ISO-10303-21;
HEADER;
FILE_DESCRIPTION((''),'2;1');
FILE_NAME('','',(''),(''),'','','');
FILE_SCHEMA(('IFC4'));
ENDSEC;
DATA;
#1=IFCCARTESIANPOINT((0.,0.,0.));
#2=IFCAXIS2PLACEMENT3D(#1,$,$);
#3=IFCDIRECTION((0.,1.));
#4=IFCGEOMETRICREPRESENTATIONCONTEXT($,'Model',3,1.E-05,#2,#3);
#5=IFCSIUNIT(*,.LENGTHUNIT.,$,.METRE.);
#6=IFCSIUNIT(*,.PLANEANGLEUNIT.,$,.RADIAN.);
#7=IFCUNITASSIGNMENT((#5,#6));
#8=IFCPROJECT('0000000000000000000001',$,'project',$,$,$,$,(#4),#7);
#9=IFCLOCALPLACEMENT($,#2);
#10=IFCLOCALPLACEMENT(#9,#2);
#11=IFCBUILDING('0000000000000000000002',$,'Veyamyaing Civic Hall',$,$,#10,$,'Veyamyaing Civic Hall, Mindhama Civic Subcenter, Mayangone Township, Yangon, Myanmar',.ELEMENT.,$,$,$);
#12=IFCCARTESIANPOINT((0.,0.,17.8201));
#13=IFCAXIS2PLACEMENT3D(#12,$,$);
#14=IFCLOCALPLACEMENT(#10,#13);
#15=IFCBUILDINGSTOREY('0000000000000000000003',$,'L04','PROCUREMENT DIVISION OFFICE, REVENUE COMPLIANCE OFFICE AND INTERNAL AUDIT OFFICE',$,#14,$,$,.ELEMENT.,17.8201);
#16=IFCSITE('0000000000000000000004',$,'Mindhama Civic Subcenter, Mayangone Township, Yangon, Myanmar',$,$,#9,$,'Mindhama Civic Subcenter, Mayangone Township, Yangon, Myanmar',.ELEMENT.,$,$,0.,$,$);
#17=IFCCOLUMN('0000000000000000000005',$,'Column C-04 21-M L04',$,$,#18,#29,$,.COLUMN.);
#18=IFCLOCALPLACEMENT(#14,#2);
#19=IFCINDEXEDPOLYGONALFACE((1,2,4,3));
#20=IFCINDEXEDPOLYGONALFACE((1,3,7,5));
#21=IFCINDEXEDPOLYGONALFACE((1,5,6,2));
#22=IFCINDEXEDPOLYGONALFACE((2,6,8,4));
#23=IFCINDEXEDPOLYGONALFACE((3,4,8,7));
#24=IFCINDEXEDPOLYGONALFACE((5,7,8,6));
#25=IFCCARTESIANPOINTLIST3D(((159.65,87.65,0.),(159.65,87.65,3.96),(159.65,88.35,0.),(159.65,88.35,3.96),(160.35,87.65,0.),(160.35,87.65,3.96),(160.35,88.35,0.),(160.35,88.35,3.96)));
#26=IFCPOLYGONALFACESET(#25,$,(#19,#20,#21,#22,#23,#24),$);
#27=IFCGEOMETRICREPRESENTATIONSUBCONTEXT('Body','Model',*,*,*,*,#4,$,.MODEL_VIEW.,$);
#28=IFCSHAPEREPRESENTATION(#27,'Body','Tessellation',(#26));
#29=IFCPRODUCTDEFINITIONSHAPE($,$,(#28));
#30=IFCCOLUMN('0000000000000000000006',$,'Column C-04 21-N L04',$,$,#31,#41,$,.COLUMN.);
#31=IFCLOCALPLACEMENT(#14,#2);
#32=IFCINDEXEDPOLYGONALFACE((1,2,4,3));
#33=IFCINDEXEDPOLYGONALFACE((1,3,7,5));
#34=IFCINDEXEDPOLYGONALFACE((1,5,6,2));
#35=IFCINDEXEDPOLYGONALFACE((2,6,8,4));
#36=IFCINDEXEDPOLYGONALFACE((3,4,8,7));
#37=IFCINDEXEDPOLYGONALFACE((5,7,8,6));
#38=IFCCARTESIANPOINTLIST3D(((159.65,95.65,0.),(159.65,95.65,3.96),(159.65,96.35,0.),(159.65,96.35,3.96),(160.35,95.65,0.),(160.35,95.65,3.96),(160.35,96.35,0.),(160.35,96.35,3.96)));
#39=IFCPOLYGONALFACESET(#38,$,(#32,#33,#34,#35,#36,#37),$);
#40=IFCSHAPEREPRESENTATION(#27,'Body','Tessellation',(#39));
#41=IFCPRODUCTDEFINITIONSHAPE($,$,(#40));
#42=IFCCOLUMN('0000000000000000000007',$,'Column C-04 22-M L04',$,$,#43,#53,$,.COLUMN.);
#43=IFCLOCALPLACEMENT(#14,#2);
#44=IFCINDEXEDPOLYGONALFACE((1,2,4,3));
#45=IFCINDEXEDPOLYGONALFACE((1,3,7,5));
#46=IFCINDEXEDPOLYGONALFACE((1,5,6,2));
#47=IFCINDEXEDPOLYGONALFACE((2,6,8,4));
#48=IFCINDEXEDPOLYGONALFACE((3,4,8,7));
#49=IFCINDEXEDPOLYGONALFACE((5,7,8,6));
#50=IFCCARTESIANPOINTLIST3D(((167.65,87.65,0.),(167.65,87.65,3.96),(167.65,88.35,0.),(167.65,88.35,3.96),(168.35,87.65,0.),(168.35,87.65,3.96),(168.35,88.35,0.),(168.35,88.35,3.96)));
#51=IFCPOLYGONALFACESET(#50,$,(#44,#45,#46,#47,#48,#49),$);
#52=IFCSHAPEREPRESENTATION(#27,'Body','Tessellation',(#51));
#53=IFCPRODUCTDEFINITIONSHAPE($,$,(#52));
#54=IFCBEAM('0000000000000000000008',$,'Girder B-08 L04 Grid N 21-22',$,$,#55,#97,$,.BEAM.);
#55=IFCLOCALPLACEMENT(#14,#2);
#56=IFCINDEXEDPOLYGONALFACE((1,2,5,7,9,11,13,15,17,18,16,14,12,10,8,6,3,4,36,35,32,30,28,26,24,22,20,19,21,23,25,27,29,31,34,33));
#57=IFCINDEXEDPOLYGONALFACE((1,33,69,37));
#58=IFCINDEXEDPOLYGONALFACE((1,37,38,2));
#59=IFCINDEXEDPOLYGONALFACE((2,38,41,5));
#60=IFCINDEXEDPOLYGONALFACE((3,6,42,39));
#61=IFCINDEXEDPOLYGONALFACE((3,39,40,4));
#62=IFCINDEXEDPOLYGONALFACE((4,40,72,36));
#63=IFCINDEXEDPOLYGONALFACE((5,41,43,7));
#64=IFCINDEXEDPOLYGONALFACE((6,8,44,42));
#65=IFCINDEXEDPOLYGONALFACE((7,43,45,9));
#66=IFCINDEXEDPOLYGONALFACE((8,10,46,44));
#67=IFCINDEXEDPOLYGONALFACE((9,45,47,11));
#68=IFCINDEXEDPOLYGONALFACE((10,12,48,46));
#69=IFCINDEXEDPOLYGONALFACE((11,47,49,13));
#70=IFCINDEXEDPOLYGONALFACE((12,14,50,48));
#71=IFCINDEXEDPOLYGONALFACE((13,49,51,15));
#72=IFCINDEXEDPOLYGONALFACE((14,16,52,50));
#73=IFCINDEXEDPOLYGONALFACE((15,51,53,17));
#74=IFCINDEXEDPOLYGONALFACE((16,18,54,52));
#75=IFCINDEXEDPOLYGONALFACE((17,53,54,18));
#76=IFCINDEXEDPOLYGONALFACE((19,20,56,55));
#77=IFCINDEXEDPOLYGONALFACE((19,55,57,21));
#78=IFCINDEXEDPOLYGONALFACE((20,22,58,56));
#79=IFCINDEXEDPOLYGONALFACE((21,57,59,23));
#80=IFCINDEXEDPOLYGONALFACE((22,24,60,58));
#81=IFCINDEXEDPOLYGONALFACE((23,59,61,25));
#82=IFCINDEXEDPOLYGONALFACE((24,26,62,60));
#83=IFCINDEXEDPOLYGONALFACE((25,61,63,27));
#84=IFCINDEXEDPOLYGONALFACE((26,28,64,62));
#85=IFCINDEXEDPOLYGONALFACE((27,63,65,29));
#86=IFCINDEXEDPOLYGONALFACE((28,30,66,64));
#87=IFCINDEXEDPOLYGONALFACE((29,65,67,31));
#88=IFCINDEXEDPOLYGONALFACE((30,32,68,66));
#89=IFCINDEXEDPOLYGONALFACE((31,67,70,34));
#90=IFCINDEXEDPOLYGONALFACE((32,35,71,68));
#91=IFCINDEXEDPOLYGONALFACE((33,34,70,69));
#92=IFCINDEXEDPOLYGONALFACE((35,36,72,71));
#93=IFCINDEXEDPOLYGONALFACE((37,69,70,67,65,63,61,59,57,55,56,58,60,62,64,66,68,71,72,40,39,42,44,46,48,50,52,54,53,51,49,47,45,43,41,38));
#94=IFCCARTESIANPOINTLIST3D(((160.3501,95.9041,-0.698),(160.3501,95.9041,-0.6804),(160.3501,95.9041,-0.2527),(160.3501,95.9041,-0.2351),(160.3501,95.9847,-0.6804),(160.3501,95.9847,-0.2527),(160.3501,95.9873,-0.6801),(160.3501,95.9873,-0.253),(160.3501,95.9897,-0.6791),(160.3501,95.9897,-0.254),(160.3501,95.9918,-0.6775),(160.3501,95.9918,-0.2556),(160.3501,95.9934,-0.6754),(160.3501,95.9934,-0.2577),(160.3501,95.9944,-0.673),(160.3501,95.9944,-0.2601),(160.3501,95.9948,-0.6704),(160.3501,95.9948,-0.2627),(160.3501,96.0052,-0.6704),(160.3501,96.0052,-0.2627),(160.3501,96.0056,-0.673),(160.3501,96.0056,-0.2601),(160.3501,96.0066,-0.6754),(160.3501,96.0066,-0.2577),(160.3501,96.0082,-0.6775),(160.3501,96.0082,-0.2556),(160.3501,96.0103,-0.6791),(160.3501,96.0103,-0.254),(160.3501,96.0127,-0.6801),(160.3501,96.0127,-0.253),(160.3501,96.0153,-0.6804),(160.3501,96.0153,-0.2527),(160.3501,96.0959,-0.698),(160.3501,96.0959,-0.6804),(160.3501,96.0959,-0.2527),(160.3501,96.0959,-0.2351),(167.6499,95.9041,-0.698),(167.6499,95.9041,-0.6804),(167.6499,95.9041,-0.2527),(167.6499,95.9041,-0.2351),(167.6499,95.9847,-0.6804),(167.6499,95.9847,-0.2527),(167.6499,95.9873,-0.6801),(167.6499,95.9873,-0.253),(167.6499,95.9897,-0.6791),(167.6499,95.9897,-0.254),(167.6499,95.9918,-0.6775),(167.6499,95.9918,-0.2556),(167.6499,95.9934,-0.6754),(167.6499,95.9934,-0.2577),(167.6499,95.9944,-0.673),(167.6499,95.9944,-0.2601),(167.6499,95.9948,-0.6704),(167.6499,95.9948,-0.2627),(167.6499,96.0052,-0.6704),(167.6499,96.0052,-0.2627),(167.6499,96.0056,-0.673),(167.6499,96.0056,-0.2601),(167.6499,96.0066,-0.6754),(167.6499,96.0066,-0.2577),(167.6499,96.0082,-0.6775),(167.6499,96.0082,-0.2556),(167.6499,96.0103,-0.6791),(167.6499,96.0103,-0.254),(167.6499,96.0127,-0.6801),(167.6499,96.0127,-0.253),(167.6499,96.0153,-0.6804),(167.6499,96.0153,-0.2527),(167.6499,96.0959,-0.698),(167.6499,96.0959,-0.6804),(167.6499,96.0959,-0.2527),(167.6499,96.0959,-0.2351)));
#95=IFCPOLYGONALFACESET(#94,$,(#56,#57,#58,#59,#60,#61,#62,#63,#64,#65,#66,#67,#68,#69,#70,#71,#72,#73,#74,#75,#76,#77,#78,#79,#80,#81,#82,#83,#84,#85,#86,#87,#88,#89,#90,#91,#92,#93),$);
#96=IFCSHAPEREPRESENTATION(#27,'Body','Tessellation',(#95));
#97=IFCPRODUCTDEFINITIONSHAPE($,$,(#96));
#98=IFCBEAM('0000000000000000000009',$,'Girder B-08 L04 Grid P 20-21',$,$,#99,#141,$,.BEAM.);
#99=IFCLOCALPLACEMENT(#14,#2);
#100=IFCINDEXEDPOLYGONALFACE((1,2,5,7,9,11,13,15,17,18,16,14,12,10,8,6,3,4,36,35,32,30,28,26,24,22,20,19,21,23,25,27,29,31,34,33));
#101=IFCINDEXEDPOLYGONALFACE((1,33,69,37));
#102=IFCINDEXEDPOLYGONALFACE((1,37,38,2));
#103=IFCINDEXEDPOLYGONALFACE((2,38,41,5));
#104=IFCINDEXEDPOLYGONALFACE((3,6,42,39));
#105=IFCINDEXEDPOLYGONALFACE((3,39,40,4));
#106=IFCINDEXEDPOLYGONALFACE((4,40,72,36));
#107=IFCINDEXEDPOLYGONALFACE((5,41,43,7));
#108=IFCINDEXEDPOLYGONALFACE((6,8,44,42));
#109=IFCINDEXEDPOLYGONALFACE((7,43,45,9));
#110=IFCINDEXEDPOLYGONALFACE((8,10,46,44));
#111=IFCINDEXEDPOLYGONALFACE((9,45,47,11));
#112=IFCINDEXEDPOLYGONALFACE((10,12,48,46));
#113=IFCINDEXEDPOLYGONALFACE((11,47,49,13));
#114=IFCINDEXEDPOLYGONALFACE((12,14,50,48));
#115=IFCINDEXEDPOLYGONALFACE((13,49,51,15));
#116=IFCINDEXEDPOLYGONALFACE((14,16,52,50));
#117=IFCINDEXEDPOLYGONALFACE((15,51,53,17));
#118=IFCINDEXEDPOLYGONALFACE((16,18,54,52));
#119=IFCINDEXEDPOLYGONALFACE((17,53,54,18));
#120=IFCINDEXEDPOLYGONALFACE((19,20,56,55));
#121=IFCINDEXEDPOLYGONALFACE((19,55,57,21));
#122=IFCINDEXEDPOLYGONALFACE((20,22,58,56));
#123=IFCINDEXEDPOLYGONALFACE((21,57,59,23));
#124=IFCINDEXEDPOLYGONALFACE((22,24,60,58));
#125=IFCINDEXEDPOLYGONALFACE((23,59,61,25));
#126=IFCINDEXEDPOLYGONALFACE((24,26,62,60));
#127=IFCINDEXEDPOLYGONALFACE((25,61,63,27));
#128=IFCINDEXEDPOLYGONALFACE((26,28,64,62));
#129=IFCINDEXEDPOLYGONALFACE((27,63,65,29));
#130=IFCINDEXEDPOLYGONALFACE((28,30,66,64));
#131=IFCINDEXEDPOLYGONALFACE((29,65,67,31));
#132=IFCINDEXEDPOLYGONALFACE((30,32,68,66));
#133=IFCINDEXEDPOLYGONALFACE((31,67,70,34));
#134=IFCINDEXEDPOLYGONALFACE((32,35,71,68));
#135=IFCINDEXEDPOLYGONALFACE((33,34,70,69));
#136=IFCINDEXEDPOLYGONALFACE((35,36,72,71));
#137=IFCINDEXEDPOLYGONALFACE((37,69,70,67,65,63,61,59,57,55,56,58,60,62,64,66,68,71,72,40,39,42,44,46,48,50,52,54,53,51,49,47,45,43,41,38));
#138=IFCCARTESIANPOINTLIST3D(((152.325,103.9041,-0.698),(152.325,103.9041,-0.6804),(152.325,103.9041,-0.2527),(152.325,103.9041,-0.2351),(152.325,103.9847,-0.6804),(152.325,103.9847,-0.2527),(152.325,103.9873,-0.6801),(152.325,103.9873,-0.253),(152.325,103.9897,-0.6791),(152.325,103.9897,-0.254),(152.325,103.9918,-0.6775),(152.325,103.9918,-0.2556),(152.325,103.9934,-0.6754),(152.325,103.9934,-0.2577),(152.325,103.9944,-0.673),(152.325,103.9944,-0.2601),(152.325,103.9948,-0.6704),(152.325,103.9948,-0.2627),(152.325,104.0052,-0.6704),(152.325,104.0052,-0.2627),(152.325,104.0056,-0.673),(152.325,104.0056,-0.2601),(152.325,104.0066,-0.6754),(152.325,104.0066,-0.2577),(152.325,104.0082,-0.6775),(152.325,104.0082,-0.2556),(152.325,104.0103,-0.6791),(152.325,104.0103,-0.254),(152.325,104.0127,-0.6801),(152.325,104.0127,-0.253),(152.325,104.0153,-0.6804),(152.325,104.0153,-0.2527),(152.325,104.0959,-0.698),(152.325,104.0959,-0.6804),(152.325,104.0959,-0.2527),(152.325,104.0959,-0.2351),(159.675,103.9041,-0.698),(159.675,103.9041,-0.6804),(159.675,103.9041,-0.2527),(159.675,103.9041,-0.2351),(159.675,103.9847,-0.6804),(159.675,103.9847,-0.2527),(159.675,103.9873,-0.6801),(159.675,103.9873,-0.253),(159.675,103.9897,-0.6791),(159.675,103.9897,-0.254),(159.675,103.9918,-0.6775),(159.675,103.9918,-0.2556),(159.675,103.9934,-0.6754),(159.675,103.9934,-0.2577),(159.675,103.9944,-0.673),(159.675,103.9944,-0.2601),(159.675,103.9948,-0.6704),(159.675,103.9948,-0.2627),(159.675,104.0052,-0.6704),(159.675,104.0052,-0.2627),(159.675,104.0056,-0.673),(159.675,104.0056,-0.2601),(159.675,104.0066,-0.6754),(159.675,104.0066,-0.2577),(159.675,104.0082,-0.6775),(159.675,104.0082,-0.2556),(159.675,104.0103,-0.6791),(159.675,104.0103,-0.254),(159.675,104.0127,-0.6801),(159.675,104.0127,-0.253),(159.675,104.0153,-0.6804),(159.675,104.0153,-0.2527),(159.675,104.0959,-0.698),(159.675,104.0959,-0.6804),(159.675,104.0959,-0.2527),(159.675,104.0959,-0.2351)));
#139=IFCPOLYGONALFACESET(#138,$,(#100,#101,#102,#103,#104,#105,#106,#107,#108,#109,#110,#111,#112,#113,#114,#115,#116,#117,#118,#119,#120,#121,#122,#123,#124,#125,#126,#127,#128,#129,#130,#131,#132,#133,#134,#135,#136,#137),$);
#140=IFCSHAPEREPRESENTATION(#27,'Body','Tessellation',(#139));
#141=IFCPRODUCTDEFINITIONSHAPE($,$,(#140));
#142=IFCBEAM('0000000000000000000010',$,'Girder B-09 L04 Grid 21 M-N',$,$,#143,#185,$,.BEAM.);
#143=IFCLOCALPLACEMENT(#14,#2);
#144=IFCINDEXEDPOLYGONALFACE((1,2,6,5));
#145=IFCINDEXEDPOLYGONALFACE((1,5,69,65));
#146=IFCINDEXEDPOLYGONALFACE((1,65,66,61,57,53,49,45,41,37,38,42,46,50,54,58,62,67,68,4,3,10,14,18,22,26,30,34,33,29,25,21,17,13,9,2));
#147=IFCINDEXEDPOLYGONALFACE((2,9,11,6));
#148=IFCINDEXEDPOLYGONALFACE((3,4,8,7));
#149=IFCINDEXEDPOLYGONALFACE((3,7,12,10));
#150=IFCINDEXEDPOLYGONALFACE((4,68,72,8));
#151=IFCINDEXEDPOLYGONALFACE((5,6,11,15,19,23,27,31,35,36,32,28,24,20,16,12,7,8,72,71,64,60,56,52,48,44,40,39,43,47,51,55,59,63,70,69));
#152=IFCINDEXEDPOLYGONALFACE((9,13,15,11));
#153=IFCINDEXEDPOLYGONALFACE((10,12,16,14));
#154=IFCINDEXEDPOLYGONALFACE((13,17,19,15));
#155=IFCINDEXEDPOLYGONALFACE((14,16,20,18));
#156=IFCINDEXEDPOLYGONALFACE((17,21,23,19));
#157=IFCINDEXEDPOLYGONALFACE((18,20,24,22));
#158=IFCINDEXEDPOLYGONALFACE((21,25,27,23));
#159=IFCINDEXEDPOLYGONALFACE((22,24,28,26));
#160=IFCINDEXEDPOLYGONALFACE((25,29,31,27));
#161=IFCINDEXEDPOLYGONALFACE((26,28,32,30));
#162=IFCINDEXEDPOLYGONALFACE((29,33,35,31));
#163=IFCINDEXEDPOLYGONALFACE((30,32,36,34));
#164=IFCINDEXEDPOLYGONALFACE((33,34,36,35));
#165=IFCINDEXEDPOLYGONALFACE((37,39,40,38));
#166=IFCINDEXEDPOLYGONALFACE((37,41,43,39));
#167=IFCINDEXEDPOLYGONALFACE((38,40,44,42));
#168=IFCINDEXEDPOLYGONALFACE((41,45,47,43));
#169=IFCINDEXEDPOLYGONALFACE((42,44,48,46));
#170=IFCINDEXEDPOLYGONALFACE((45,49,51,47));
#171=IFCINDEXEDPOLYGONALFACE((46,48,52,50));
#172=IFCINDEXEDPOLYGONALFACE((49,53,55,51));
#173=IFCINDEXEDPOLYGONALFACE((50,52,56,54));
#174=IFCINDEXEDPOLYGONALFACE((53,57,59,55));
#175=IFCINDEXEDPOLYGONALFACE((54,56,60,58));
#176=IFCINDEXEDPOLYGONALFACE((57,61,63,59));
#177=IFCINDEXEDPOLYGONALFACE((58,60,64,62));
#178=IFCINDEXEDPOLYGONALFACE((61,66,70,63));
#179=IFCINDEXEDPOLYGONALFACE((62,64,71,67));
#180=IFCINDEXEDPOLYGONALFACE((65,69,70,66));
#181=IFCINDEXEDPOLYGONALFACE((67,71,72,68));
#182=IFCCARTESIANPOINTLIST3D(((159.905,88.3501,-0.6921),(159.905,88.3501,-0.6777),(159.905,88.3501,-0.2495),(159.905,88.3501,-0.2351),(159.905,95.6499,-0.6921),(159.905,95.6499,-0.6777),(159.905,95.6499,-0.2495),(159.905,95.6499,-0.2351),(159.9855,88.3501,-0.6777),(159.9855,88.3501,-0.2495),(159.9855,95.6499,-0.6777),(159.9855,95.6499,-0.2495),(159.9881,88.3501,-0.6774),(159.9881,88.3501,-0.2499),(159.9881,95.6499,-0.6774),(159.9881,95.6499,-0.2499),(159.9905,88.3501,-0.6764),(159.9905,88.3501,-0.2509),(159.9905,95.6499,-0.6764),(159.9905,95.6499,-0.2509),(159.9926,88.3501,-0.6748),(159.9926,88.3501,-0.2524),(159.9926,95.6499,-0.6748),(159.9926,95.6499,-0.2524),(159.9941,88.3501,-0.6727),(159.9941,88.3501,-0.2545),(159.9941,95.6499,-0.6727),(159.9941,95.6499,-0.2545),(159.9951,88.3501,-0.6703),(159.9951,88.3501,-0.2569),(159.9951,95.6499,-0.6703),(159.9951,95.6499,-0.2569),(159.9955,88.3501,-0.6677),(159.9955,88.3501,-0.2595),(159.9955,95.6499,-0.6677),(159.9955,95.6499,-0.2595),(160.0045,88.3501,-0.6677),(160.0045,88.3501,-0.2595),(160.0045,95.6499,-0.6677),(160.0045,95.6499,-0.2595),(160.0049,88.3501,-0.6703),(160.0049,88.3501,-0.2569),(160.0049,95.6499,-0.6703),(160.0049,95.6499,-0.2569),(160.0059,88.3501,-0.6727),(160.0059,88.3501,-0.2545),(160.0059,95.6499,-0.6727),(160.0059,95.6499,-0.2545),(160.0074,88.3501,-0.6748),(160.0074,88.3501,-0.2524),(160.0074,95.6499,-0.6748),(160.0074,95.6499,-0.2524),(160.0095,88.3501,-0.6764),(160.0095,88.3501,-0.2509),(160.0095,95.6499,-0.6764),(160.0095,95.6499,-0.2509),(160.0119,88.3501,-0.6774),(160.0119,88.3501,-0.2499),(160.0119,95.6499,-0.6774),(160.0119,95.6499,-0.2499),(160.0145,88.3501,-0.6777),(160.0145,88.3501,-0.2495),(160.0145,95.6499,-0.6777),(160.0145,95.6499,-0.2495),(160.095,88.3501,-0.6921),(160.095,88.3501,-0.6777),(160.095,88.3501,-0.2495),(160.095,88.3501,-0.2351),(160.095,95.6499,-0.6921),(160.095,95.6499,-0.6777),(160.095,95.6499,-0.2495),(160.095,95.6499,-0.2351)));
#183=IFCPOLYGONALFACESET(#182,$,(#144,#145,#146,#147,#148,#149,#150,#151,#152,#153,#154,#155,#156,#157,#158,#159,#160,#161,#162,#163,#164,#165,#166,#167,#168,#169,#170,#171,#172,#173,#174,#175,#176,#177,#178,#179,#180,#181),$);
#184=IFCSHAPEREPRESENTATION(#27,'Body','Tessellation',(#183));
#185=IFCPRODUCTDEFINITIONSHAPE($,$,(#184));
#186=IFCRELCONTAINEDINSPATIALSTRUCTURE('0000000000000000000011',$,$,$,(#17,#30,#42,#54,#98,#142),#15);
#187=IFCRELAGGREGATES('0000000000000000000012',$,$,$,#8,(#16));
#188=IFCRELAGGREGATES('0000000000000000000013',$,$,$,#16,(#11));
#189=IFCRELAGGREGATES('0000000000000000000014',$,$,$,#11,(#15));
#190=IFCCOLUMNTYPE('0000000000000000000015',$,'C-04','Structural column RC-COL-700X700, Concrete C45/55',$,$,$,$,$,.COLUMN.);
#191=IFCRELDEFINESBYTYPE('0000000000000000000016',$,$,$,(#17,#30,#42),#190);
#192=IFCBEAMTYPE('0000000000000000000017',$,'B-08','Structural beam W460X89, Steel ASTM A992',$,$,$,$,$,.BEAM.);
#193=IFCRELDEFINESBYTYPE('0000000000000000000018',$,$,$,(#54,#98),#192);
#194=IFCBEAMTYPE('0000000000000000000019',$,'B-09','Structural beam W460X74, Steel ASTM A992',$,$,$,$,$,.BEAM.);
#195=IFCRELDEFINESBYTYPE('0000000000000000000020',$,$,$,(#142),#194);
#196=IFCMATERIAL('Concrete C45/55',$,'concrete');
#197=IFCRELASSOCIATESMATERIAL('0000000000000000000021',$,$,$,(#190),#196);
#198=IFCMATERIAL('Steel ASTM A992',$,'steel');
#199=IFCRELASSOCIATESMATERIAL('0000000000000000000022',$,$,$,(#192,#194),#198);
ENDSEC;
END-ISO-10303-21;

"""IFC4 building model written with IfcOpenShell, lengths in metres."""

from ifc_helpers import new_model, si_unit, direction, frame, origin, origin_2d, place, context, subcontext, project, spatial, rectangle, i_section, extrude, material, material_profile, profile_set, type_object, element, save


model = new_model("IFC4")

# Units and contexts
model_context = context("Model", 3, precision=1e-05, world=origin(), true_north=direction((0.0, 1.0)))
body_context = subcontext(model_context, "Body", "Model", "MODEL_VIEW")
ifc_project = project(units=[si_unit("LENGTHUNIT", "METRE"), si_unit("PLANEANGLEUNIT", "RADIAN")], contexts=[model_context])

# Site, building, storey
site_placement = place(None, origin())
site = spatial("IfcSite", under=ifc_project, at=site_placement, Name="Mindhama Civic Subcenter, Mayangone Township, Yangon, Myanmar", LongName="Mindhama Civic Subcenter, Mayangone Township, Yangon, Myanmar", CompositionType="ELEMENT", RefElevation=0.0)
building_placement = place(site_placement, origin())
building = spatial("IfcBuilding", under=site, at=building_placement, Name="Veyamyaing Civic Hall", LongName="Veyamyaing Civic Hall, Mindhama Civic Subcenter, Mayangone Township, Yangon, Myanmar", CompositionType="ELEMENT")
storey_placement = place(building_placement, frame((0.0, 0.0, 17.8201)))
storey = spatial("IfcBuildingStorey", under=building, at=storey_placement, Name="L04", Description="PROCUREMENT DIVISION OFFICE, REVENUE COMPLIANCE OFFICE AND INTERNAL AUDIT OFFICE", CompositionType="ELEMENT", Elevation=17.8201)

# Columns
ifc_material_1 = material(Name="Concrete C45/55", Category="concrete")
ifc_material_profile_1 = material_profile(ifc_material_1, rectangle(XDim=0.7, YDim=0.7, at=origin_2d()), Name="RC-COL-700X700")
ifc_profile_set_1 = profile_set([ifc_material_profile_1], Name="Concrete C45/55")
column_type = type_object("IfcColumnType", Name="C-04", Description="Structural column RC-COL-700X700, Concrete C45/55", PredefinedType="COLUMN", material=ifc_profile_set_1)
for number, where, z_axis, x_axis, name in (
    (1, (160.0, 88.0, 0.0), (0.0, 0.0, 1.0), (1.0, 0.0, 0.0), "Column C-04 21-M L04"),
    (2, (160.0, 96.0, 0.0), (0.0, 0.0, 1.0), (1.0, 0.0, 0.0), "Column C-04 21-N L04"),
    (3, (168.0, 88.0, 0.0), (0.0, 0.0, 1.0), (1.0, 0.0, 0.0), "Column C-04 22-M L04"),
):
    element("IfcColumn", number, at=place(storey_placement, frame(where, z_axis=z_axis, x_axis=x_axis)), inside=storey, type_object=column_type, Name=name, PredefinedType="COLUMN", context=body_context, shape_type="SweptSolid", body=[
        extrude(rectangle(XDim=0.7, YDim=0.7, at=origin_2d()), origin(), (0.0, 0.0, 1.0), 3.96),
    ])

# Beams
ifc_material_2 = material(Name="Steel ASTM A992", Category="steel")
ifc_material_profile_2 = material_profile(ifc_material_2, i_section(OverallWidth=0.1919, OverallDepth=0.4629, WebThickness=0.0105, FlangeThickness=0.0176, FilletRadius=0.01, at=origin_2d()), Name="W460X89")
ifc_profile_set_2 = profile_set([ifc_material_profile_2], Name="Steel ASTM A992")
beam_type_1 = type_object("IfcBeamType", Name="B-08", Description="Structural beam W460X89, Steel ASTM A992", PredefinedType="BEAM", material=ifc_profile_set_2)
beam_1_placement = place(storey_placement, frame((160.3501, 96.0, -0.4666), z_axis=(1.0, 0.0, 0.0), x_axis=(0.0, 1.0, 0.0)))
element("IfcBeam", 4, at=beam_1_placement, inside=storey, type_object=beam_type_1, Name="Girder B-08 L04 Grid N 21-22", PredefinedType="BEAM", context=body_context, shape_type="SweptSolid", body=[
    extrude(i_section(OverallWidth=0.1919, OverallDepth=0.4629, WebThickness=0.0105, FlangeThickness=0.0176, FilletRadius=0.01, at=origin_2d()), origin(), (0.0, 0.0, 1.0), 7.2998),
])
beam_2_placement = place(storey_placement, frame((152.325, 104.0, -0.4666), z_axis=(1.0, 0.0, 0.0), x_axis=(0.0, 1.0, 0.0)))
element("IfcBeam", 5, at=beam_2_placement, inside=storey, type_object=beam_type_1, Name="Girder B-08 L04 Grid P 20-21", PredefinedType="BEAM", context=body_context, shape_type="SweptSolid", body=[
    extrude(i_section(OverallWidth=0.1919, OverallDepth=0.4629, WebThickness=0.0105, FlangeThickness=0.0176, FilletRadius=0.01, at=origin_2d()), origin(), (0.0, 0.0, 1.0), 7.3501),
])
ifc_material_profile_3 = material_profile(ifc_material_2, i_section(OverallWidth=0.1899, OverallDepth=0.457, WebThickness=0.009, FlangeThickness=0.0144, FilletRadius=0.01, at=origin_2d()), Name="W460X74")
ifc_profile_set_3 = profile_set([ifc_material_profile_3], Name="Steel ASTM A992")
beam_type_2 = type_object("IfcBeamType", Name="B-09", Description="Structural beam W460X74, Steel ASTM A992", PredefinedType="BEAM", material=ifc_profile_set_3)
beam_3_placement = place(storey_placement, frame((160.0, 88.3501, -0.4636), z_axis=(0.0, 1.0, 0.0), x_axis=(-1.0, 0.0, 0.0)))
element("IfcBeam", 6, at=beam_3_placement, inside=storey, type_object=beam_type_2, Name="Girder B-09 L04 Grid 21 M-N", PredefinedType="BEAM", context=body_context, shape_type="SweptSolid", body=[
    extrude(i_section(OverallWidth=0.1899, OverallDepth=0.457, WebThickness=0.009, FlangeThickness=0.0144, FilletRadius=0.01, at=origin_2d()), origin(), (0.0, 0.0, 1.0), 7.2998),
])

save(model, "model.ifc")
